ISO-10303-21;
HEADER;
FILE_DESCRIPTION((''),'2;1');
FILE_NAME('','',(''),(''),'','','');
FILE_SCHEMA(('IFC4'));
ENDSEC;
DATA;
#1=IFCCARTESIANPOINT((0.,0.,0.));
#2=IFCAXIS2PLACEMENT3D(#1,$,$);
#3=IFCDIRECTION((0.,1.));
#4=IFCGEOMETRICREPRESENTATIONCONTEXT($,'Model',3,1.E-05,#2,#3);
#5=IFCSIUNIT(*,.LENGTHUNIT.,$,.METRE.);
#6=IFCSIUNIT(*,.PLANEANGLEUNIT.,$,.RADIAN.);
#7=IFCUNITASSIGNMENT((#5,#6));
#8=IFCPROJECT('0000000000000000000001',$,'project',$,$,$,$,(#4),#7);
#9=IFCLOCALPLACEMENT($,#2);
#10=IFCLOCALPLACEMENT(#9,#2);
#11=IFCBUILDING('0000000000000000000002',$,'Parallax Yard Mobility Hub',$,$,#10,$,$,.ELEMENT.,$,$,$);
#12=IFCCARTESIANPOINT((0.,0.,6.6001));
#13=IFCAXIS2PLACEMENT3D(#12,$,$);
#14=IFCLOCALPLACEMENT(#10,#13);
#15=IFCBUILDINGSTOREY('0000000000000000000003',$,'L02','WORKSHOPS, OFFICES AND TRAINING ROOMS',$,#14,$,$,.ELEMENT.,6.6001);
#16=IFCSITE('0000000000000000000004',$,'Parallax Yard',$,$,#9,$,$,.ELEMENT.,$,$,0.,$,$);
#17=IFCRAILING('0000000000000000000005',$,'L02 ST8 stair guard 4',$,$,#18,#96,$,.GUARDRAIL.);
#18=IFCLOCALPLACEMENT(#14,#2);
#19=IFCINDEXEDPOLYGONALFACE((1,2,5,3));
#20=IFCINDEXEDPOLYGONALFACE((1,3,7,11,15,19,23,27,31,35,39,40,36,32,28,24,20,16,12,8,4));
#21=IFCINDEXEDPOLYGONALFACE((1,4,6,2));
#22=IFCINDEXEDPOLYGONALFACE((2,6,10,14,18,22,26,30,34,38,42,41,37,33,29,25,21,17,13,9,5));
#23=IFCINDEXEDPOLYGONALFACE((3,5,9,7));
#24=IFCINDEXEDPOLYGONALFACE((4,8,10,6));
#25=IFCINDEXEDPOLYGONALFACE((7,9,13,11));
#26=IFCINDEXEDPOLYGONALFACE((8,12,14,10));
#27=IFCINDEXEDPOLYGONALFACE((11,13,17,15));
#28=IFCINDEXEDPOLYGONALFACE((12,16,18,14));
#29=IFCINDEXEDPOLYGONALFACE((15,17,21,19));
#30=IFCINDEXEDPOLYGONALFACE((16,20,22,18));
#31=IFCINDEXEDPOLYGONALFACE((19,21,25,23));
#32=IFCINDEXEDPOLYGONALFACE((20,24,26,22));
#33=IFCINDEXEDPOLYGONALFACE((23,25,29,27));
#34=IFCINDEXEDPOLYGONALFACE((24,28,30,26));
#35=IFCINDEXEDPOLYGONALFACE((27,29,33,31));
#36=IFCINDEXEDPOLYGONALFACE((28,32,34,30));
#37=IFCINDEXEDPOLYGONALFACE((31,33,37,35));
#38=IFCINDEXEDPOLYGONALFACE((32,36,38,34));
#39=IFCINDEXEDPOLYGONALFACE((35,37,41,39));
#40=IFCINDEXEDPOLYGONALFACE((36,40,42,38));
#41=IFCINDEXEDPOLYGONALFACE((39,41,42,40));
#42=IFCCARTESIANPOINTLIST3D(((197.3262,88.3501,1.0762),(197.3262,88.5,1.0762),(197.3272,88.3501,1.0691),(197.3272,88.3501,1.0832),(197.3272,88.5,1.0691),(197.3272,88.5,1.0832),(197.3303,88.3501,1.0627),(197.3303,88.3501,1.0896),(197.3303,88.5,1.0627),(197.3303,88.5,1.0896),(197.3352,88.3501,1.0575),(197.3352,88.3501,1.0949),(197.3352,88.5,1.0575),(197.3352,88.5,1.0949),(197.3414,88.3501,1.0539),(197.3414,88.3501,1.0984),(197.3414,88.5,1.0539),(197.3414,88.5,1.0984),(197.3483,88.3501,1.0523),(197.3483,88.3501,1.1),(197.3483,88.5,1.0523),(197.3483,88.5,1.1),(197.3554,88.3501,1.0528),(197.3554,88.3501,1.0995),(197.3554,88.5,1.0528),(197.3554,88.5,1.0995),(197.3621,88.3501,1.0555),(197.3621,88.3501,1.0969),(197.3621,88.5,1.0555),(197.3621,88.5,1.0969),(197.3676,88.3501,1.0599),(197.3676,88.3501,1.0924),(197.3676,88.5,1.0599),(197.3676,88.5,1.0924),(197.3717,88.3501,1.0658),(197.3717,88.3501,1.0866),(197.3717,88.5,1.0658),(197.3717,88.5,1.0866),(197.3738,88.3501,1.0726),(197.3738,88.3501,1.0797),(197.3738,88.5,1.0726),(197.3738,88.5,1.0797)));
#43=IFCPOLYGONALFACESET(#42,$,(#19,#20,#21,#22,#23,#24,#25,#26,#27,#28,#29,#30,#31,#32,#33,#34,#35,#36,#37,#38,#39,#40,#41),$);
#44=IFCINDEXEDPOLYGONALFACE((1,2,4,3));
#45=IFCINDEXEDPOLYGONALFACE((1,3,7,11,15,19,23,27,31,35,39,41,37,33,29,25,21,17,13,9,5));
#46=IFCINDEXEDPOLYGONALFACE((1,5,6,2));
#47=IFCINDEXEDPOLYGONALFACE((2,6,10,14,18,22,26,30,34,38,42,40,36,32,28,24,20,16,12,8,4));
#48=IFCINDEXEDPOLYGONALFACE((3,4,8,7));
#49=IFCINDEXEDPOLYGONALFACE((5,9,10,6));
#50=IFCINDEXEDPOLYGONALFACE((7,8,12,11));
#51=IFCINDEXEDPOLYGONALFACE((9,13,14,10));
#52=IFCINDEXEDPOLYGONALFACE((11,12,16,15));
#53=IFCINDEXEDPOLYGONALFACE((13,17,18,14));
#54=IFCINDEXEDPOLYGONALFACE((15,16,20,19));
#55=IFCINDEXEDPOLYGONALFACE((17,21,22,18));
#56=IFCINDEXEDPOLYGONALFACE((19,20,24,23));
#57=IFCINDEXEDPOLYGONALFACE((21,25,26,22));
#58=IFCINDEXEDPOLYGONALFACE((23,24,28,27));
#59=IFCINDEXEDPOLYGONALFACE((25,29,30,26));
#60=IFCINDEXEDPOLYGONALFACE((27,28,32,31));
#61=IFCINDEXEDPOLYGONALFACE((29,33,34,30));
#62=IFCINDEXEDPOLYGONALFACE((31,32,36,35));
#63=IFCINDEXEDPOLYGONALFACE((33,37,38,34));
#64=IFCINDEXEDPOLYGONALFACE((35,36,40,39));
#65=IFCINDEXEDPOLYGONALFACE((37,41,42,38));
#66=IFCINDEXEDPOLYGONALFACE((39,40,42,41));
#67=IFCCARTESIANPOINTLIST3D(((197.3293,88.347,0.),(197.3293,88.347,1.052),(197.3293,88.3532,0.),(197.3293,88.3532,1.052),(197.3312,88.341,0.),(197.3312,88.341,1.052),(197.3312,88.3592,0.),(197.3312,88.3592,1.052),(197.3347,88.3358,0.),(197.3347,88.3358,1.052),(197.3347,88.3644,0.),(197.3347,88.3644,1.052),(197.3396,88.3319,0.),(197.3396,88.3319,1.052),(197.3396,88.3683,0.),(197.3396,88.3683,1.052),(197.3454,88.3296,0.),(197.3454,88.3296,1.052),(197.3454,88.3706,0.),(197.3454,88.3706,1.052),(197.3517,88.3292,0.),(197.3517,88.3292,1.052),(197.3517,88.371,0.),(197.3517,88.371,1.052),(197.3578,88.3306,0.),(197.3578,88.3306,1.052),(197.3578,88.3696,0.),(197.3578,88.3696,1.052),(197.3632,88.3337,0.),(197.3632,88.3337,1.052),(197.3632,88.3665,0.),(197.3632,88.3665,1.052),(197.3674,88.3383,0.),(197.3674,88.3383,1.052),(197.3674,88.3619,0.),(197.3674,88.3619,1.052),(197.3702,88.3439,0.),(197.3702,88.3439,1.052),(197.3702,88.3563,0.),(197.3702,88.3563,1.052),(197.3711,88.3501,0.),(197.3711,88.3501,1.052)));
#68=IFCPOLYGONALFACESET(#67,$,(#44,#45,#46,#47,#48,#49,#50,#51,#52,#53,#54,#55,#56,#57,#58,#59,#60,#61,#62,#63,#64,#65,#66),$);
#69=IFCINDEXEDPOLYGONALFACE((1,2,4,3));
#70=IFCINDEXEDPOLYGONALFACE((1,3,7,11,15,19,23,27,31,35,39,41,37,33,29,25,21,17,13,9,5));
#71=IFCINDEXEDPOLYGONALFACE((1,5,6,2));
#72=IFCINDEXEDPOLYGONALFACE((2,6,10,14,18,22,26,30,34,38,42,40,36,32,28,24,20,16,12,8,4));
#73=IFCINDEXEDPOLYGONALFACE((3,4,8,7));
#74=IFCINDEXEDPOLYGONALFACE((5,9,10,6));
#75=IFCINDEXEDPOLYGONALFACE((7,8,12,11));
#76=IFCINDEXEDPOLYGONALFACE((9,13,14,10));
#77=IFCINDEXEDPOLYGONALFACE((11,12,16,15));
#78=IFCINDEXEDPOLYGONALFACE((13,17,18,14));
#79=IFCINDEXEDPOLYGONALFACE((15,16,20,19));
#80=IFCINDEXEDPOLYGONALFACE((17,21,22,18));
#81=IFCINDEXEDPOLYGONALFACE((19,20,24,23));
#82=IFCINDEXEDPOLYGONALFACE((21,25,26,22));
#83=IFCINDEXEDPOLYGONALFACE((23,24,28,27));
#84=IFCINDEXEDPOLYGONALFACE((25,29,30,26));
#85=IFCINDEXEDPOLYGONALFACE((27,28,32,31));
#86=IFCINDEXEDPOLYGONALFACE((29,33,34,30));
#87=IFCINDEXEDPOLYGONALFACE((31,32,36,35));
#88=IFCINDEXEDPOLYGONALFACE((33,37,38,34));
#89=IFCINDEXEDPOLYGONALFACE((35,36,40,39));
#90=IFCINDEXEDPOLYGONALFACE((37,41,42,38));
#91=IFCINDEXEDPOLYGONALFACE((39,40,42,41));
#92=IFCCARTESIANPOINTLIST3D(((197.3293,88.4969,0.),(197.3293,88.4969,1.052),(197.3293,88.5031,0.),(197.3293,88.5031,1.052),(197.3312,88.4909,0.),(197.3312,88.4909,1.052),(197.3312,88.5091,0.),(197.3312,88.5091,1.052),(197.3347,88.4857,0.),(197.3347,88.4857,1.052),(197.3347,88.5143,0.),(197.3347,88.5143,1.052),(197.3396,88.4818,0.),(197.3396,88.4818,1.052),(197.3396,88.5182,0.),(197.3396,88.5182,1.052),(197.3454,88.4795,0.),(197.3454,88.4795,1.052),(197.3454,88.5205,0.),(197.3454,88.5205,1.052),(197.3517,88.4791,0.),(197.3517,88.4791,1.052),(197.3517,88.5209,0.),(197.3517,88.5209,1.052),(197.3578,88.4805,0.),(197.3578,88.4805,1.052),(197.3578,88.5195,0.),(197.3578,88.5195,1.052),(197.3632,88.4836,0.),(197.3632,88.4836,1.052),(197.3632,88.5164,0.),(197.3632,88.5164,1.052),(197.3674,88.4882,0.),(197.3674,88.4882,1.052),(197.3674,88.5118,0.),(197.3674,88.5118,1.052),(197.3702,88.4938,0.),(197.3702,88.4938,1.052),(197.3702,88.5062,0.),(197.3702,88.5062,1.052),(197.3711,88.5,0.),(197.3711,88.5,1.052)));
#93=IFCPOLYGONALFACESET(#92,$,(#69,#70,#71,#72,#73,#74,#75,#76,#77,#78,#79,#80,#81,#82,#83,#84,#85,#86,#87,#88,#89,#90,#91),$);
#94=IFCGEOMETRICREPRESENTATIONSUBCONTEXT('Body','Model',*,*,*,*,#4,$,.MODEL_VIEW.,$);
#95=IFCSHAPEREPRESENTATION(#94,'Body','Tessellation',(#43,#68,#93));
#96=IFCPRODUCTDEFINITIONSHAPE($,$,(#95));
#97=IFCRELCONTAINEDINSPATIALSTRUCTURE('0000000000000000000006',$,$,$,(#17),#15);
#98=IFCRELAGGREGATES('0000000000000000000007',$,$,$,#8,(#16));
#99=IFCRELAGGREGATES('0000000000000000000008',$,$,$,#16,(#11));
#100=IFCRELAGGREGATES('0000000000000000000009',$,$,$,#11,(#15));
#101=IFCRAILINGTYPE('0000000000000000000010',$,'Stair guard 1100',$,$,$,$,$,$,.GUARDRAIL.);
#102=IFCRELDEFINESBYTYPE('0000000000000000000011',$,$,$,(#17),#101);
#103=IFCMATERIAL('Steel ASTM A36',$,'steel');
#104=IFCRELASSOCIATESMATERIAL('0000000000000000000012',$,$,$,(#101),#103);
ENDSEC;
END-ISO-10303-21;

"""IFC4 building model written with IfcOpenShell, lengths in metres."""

from ifc_helpers import new_model, si_unit, direction, frame, origin, origin_2d, place, context, subcontext, project, spatial, circle, extrude, material, type_object, element, save


model = new_model("IFC4")

# Units and contexts
model_context = context("Model", 3, precision=1e-05, world=origin(), true_north=direction((0.0, 1.0)))
body_context = subcontext(model_context, "Body", "Model", "MODEL_VIEW")
ifc_project = project(units=[si_unit("LENGTHUNIT", "METRE"), si_unit("PLANEANGLEUNIT", "RADIAN")], contexts=[model_context])

# Site, building, storey
site_placement = place(None, origin())
site = spatial("IfcSite", under=ifc_project, at=site_placement, Name="Parallax Yard", CompositionType="ELEMENT", RefElevation=0.0)
building_placement = place(site_placement, origin())
building = spatial("IfcBuilding", under=site, at=building_placement, Name="Parallax Yard Mobility Hub", CompositionType="ELEMENT")
storey_placement = place(building_placement, frame((0.0, 0.0, 6.6001)))
storey = spatial("IfcBuildingStorey", under=building, at=storey_placement, Name="L02", Description="WORKSHOPS, OFFICES AND TRAINING ROOMS", CompositionType="ELEMENT", Elevation=6.6001)

# Railing
ifc_material_1 = material(Name="Steel ASTM A36", Category="steel")
railing_type_1 = type_object("IfcRailingType", Name="Stair guard 1100", PredefinedType="GUARDRAIL", material=ifc_material_1)
railing_1_placement = place(storey_placement, frame((197.3501, 88.3501, 0.0)))
element("IfcRailing", 1, at=railing_1_placement, inside=storey, type_object=railing_type_1, Name="L02 ST8 stair guard 4", PredefinedType="GUARDRAIL", context=body_context, shape_type="SweptSolid", body=[
    extrude(circle(Radius=0.0239, at=origin_2d()), frame((0.0, 0.0, 1.0762), z_axis=(0.0, 1.0, 0.0), x_axis=(-1.0, 0.0, 0.0)), (0.0, 0.0, 1.0), 0.1499),
    extrude(circle(Radius=0.021, at=origin_2d()), origin(), (0.0, 0.0, 1.0), 1.052),
    extrude(circle(Radius=0.021, at=origin_2d()), frame((0.0, 0.1499, 0.0)), (0.0, 0.0, 1.0), 1.052),
])

save(model, "model.ifc")
